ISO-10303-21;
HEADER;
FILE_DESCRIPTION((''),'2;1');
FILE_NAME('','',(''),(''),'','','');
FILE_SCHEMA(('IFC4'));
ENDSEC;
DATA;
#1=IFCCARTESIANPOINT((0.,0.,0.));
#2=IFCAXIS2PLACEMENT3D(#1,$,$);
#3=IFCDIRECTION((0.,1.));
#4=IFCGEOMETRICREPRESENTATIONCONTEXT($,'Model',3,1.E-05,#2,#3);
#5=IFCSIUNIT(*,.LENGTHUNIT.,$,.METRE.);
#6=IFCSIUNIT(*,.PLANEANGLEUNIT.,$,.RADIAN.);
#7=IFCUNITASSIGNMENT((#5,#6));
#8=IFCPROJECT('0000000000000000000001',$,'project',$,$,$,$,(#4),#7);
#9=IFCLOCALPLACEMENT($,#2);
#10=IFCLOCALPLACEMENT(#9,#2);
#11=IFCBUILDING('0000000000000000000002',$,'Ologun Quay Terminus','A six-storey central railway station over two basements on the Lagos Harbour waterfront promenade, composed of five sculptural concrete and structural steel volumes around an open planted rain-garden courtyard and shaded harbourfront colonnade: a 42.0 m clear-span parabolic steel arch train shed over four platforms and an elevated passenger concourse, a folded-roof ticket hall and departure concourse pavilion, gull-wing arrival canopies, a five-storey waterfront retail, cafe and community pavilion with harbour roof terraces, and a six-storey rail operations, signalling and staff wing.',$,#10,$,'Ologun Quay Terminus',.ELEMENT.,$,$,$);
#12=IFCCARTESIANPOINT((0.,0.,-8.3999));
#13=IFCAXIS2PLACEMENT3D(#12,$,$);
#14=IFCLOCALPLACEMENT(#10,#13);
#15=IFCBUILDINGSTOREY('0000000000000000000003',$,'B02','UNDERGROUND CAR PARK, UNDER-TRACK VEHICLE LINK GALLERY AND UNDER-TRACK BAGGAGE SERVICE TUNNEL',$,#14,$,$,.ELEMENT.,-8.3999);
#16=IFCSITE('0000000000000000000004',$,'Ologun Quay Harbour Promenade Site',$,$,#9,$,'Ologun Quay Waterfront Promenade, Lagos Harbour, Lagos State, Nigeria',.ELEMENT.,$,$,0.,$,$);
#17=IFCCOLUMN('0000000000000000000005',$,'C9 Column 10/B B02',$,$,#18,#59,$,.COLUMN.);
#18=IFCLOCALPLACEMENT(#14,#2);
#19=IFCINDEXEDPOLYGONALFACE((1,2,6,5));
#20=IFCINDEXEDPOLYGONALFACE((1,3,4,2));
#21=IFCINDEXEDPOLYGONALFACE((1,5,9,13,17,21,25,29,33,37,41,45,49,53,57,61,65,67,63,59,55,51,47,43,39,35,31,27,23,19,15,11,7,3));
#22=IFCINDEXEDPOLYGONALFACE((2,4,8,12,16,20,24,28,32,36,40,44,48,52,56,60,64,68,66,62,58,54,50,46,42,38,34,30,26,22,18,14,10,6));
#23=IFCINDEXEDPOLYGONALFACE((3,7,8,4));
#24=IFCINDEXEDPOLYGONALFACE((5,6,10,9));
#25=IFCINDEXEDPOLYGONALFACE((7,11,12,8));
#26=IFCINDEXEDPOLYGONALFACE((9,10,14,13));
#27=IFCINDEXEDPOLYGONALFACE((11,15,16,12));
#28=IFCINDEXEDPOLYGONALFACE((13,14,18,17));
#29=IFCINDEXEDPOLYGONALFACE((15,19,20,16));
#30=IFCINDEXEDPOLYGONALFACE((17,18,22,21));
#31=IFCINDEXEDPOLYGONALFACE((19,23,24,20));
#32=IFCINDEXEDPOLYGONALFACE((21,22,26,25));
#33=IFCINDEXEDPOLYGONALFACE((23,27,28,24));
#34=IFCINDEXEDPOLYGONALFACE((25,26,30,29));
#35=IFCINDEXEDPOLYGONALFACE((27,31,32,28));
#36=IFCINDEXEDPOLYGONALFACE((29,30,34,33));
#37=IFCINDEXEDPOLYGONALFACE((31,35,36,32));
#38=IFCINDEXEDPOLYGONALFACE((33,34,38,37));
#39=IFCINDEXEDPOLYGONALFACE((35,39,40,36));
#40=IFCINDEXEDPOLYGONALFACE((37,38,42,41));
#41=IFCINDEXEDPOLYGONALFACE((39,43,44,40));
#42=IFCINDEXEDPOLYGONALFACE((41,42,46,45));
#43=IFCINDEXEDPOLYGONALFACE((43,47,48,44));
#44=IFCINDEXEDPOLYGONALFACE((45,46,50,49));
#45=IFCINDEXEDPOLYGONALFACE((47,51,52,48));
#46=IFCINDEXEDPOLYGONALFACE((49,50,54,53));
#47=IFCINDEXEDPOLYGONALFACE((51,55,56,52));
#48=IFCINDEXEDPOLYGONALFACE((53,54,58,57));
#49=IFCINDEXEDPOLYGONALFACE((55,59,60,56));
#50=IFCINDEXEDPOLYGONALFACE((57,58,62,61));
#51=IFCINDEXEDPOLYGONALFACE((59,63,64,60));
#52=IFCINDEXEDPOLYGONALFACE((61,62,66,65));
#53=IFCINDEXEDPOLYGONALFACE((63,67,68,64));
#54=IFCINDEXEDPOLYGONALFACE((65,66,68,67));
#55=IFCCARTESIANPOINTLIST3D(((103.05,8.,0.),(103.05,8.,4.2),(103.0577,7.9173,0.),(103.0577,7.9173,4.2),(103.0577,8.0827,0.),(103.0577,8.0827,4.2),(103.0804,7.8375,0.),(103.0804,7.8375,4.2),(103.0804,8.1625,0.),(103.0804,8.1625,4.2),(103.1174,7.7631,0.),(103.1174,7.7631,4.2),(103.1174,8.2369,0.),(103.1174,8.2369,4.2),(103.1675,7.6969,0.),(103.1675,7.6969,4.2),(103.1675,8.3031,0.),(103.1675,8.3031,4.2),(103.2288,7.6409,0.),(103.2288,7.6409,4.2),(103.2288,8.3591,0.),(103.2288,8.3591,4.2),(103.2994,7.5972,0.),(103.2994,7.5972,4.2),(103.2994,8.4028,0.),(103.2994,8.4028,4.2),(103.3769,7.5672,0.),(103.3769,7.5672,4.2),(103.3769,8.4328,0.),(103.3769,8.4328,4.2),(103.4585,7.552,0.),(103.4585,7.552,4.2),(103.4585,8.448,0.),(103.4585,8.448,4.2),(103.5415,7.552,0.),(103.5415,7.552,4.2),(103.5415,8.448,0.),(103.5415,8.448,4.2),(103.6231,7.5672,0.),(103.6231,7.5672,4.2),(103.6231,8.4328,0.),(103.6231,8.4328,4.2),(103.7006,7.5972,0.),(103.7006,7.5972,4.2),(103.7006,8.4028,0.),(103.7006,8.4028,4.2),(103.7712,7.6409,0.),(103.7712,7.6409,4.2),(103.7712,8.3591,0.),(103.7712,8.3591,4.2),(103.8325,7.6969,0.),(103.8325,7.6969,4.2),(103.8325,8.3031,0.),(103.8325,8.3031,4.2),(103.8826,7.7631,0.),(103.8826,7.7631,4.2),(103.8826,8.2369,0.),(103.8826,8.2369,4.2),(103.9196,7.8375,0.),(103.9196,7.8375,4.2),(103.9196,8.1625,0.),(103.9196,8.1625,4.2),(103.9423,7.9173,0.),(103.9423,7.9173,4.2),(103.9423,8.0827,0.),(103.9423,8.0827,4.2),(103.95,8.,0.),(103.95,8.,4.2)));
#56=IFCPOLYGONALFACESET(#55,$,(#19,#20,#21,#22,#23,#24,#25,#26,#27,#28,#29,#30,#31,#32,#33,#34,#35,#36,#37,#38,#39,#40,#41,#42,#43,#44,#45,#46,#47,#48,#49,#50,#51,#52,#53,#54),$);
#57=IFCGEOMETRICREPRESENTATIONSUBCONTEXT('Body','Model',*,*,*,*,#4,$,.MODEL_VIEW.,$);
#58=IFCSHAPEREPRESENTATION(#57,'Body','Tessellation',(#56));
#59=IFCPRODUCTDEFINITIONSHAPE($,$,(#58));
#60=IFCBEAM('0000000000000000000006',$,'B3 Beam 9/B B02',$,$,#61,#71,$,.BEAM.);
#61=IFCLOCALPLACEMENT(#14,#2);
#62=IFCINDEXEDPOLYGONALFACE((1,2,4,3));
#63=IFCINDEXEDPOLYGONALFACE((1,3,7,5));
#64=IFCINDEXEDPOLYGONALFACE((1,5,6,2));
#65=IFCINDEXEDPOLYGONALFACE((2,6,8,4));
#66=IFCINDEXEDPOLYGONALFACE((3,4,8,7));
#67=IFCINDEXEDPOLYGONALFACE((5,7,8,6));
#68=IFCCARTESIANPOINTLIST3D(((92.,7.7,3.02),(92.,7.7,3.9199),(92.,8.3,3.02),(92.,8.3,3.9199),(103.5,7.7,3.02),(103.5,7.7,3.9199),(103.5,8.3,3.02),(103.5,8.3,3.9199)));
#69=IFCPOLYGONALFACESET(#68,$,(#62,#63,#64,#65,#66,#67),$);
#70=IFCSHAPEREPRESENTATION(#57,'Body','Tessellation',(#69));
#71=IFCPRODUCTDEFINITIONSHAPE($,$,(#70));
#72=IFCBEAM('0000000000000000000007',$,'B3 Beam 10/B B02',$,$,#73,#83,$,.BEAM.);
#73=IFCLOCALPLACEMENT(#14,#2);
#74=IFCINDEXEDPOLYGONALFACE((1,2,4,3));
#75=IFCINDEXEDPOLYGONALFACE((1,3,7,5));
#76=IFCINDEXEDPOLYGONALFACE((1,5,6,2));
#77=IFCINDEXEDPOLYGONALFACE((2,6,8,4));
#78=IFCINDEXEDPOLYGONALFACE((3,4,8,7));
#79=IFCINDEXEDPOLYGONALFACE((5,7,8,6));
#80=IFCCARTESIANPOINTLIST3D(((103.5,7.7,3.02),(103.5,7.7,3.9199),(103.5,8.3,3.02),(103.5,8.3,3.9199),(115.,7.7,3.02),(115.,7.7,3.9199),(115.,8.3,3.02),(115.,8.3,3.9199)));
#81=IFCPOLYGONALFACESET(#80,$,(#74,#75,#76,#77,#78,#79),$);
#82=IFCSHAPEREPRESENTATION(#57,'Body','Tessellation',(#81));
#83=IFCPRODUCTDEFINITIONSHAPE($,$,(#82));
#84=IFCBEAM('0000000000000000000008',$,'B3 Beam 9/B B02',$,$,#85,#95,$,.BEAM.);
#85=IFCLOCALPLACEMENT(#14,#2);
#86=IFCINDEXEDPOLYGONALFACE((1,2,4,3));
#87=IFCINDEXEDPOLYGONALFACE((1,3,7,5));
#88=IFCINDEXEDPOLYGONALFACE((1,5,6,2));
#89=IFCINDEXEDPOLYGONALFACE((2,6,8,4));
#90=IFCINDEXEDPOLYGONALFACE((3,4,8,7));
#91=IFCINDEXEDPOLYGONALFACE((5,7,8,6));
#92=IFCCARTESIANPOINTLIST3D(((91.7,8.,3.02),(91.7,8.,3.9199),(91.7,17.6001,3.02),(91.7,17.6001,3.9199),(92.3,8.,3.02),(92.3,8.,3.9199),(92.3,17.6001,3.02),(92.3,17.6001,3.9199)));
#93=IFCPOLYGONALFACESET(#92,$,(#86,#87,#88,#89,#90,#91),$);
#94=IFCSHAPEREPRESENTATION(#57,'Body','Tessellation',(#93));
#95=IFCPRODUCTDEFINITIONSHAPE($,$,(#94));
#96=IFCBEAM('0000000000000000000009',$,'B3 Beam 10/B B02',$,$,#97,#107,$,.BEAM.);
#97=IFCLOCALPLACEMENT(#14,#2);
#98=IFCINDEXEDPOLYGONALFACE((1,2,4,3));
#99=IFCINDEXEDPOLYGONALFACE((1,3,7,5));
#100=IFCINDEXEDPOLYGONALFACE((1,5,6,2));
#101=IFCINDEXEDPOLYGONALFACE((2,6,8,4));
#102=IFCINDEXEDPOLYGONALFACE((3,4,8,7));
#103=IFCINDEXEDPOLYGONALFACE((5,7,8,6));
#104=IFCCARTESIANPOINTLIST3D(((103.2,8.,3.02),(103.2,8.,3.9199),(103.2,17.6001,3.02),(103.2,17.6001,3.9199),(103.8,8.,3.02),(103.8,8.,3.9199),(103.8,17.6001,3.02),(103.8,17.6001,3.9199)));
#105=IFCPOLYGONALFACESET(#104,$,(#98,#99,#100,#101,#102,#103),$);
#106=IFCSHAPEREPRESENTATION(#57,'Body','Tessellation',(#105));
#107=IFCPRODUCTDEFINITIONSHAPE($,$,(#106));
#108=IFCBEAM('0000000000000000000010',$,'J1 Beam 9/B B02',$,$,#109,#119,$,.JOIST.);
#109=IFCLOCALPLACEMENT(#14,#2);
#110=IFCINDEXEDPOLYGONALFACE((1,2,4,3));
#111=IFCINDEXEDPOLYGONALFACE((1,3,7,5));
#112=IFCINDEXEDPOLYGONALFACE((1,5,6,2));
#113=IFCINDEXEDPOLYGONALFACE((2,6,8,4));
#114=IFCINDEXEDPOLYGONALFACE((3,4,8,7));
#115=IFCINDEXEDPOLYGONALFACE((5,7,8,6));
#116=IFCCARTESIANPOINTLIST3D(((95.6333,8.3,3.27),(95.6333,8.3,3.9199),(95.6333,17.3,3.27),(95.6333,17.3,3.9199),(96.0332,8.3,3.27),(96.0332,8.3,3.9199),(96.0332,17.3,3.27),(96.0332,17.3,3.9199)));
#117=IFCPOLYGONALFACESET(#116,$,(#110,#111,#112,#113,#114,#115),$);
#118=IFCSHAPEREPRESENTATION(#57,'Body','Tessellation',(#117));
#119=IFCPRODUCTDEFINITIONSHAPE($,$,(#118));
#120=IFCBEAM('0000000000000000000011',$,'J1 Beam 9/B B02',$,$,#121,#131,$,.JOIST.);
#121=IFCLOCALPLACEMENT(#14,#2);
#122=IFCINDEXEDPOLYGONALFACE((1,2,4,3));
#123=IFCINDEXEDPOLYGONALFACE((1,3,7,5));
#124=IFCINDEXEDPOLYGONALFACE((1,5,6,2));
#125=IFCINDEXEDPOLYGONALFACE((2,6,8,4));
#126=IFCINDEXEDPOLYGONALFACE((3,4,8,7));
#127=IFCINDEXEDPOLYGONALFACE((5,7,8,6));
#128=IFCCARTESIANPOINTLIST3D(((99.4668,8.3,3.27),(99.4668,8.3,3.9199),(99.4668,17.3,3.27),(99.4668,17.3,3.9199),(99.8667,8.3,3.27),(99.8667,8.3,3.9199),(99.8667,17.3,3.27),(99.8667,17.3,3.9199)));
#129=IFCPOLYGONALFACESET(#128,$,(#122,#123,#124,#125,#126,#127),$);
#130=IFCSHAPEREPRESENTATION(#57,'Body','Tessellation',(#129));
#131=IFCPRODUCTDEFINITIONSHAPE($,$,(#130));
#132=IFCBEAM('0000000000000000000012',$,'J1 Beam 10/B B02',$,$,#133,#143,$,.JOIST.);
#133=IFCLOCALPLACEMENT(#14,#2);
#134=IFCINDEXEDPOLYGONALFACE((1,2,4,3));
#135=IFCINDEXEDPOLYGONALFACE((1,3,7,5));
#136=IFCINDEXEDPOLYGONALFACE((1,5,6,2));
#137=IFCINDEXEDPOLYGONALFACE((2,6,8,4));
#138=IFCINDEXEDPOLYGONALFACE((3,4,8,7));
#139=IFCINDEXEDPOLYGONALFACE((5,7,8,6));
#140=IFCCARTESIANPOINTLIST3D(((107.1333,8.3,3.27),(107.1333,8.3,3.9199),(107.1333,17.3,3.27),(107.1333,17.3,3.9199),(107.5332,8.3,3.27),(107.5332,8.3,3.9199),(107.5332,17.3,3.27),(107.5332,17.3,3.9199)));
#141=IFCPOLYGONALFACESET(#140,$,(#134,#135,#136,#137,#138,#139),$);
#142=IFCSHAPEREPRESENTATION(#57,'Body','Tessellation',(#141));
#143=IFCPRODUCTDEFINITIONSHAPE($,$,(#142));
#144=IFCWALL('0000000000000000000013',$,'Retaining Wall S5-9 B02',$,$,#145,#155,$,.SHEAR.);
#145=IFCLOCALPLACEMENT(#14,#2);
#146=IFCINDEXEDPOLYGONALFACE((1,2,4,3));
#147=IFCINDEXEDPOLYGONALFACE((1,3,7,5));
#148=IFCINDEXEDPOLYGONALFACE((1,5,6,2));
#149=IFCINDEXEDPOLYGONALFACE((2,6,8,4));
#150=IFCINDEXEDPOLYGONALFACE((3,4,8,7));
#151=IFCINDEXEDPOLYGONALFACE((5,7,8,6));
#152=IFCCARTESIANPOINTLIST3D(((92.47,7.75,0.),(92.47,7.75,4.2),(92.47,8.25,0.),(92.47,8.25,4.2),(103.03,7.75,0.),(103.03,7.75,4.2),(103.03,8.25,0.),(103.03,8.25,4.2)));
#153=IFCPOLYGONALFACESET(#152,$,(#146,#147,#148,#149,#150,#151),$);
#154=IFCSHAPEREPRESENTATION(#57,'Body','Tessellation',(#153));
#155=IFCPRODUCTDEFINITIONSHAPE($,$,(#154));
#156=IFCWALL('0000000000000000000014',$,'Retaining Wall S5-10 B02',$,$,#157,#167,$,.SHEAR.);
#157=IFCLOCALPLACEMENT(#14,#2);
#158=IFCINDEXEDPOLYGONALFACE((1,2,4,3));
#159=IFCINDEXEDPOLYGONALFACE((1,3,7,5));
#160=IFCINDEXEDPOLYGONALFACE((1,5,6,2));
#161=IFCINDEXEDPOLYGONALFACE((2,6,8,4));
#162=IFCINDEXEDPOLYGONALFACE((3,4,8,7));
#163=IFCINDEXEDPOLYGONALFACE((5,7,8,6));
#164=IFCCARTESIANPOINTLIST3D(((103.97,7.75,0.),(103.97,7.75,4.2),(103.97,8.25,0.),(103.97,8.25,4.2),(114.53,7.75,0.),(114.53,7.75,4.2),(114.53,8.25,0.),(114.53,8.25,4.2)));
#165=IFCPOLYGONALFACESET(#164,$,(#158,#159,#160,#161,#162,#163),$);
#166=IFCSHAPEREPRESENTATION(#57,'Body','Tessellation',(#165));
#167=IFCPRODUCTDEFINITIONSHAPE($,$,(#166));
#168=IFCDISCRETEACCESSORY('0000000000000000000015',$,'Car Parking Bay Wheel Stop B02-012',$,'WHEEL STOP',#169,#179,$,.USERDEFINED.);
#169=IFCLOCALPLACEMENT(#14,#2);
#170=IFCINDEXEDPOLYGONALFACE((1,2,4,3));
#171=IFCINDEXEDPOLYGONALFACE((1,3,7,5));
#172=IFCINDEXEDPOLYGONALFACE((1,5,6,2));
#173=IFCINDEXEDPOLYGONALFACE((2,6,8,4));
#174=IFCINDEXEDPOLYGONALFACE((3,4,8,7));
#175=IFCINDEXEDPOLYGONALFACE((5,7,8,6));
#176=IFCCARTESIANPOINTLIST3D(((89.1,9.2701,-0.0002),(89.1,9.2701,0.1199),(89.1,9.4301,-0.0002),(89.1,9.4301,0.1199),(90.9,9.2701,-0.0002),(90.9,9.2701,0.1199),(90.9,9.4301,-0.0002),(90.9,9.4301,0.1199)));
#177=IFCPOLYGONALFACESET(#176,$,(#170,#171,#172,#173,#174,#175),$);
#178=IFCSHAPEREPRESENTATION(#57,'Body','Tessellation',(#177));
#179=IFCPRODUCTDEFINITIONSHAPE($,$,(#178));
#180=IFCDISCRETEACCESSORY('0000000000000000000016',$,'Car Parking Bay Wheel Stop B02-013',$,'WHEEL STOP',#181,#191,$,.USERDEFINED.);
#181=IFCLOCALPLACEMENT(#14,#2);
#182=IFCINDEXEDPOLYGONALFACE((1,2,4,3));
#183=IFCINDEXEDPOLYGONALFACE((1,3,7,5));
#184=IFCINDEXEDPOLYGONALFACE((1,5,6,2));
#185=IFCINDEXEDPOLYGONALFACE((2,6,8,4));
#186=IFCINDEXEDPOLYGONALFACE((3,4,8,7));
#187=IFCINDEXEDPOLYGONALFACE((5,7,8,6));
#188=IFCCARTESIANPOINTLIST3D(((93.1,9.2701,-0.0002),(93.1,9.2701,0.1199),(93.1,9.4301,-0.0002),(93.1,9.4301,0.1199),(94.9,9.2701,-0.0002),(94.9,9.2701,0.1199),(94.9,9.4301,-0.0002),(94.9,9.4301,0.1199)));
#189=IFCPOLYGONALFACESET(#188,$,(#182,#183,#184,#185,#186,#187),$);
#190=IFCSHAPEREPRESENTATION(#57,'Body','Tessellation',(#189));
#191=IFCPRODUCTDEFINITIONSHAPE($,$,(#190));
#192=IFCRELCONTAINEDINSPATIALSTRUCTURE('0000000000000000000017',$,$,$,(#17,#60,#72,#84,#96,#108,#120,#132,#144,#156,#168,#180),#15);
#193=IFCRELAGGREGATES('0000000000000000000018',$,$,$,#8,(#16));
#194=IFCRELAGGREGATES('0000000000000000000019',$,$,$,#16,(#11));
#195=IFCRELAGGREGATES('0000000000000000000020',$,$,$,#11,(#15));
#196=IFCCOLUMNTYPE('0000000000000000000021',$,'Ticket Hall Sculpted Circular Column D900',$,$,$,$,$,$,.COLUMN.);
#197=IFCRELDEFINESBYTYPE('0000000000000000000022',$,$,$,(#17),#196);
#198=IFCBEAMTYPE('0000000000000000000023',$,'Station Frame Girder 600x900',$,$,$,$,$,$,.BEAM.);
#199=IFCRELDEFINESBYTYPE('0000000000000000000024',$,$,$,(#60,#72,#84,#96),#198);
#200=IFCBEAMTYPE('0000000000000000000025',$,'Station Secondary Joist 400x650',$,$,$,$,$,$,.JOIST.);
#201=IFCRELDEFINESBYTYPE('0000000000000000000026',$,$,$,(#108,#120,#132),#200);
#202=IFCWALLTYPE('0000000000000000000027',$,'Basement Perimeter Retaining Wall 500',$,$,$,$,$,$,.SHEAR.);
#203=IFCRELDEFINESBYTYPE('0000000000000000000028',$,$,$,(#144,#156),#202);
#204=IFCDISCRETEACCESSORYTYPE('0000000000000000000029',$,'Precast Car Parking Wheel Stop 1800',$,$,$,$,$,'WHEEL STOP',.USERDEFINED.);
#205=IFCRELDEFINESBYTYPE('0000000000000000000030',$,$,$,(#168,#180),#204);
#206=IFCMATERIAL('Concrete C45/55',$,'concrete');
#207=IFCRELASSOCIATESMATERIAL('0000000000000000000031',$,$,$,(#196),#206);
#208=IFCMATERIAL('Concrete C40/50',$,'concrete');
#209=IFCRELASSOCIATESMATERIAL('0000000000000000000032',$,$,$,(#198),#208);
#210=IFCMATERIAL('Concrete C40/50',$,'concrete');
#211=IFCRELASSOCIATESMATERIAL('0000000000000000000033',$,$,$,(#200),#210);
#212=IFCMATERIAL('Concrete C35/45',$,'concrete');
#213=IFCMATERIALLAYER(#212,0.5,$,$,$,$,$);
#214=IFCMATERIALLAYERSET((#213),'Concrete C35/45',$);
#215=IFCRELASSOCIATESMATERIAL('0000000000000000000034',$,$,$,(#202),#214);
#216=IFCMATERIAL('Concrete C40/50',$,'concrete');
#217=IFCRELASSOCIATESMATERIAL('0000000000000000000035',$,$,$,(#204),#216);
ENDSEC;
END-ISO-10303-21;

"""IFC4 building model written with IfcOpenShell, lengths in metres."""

from ifc_helpers import new_model, si_unit, direction, frame, frame_2d, origin, origin_2d, place, context, subcontext, project, spatial, rectangle, circle, extrude, material, layer, layer_set, material_profile, profile_set, type_object, element, save


model = new_model("IFC4")

# Units and contexts
model_context = context("Model", 3, precision=1e-05, world=origin(), true_north=direction((0.0, 1.0)))
body_context = subcontext(model_context, "Body", "Model", "MODEL_VIEW")
ifc_project = project(units=[si_unit("LENGTHUNIT", "METRE"), si_unit("PLANEANGLEUNIT", "RADIAN")], contexts=[model_context])

# Site, building, storey
site_placement = place(None, origin())
site = spatial("IfcSite", under=ifc_project, at=site_placement, Name="Ologun Quay Harbour Promenade Site", LongName="Ologun Quay Waterfront Promenade, Lagos Harbour, Lagos State, Nigeria", CompositionType="ELEMENT", RefElevation=0.0)
building_placement = place(site_placement, origin())
building = spatial("IfcBuilding", under=site, at=building_placement, Name="Ologun Quay Terminus", Description="A six-storey central railway station over two basements on the Lagos Harbour waterfront promenade, composed of five sculptural concrete and structural steel volumes around an open planted rain-garden courtyard and shaded harbourfront colonnade: a 42.0 m clear-span parabolic steel arch train shed over four platforms and an elevated passenger concourse, a folded-roof ticket hall and departure concourse pavilion, gull-wing arrival canopies, a five-storey waterfront retail, cafe and community pavilion with harbour roof terraces, and a six-storey rail operations, signalling and staff wing.", LongName="Ologun Quay Terminus", CompositionType="ELEMENT")
storey_placement = place(building_placement, frame((0.0, 0.0, -8.3999)))
storey = spatial("IfcBuildingStorey", under=building, at=storey_placement, Name="B02", Description="UNDERGROUND CAR PARK, UNDER-TRACK VEHICLE LINK GALLERY AND UNDER-TRACK BAGGAGE SERVICE TUNNEL", CompositionType="ELEMENT", Elevation=-8.3999)

# Column
ifc_material_1 = material(Name="Concrete C45/55", Category="concrete")
ifc_material_profile_1 = material_profile(ifc_material_1, circle(Radius=0.45, at=origin_2d()), Name="RC D900")
ifc_profile_set_1 = profile_set([ifc_material_profile_1], Name="Concrete C45/55")
column_type_1 = type_object("IfcColumnType", Name="Ticket Hall Sculpted Circular Column D900", PredefinedType="COLUMN", material=ifc_profile_set_1)
for number, where, z_axis, x_axis, name in (
    (1, (103.5, 8.0, 0.0), (0.0, 0.0, 1.0), (1.0, 0.0, 0.0), "C9 Column 10/B B02"),
):
    element("IfcColumn", number, at=place(storey_placement, frame(where, z_axis=z_axis, x_axis=x_axis)), inside=storey, type_object=column_type_1, Name=name, PredefinedType="COLUMN", context=body_context, shape_type="SweptSolid", body=[
        extrude(circle(Radius=0.45, at=origin_2d()), origin(), (0.0, 0.0, 1.0), 4.2),
    ])

# Beams
ifc_material_2 = material(Name="Concrete C40/50", Category="concrete")
ifc_material_profile_2 = material_profile(ifc_material_2, rectangle(XDim=0.6001, YDim=0.8999, at=origin_2d()), Name="RC 600x900")
ifc_profile_set_2 = profile_set([ifc_material_profile_2], Name="Concrete C40/50")
beam_type_1 = type_object("IfcBeamType", Name="Station Frame Girder 600x900", PredefinedType="BEAM", material=ifc_profile_set_2)
for number, where, z_axis, x_axis, name in (
    (2, (92.0, 8.0, 3.47), (1.0, 0.0, 0.0), (0.0, 1.0, 0.0), "B3 Beam 9/B B02"),
    (3, (103.5, 8.0, 3.47), (1.0, 0.0, 0.0), (0.0, 1.0, 0.0), "B3 Beam 10/B B02"),
):
    element("IfcBeam", number, at=place(storey_placement, frame(where, z_axis=z_axis, x_axis=x_axis)), inside=storey, type_object=beam_type_1, Name=name, PredefinedType="BEAM", context=body_context, shape_type="SweptSolid", body=[
        extrude(rectangle(XDim=0.6001, YDim=0.8999, at=origin_2d()), origin(), (0.0, 0.0, 1.0), 11.5),
    ])
for number, where, z_axis, x_axis, name in (
    (4, (92.0, 8.0, 3.47), (0.0, 1.0, 0.0), (-1.0, 0.0, 0.0), "B3 Beam 9/B B02"),
    (5, (103.5, 8.0, 3.47), (0.0, 1.0, 0.0), (-1.0, 0.0, 0.0), "B3 Beam 10/B B02"),
):
    element("IfcBeam", number, at=place(storey_placement, frame(where, z_axis=z_axis, x_axis=x_axis)), inside=storey, type_object=beam_type_1, Name=name, PredefinedType="BEAM", context=body_context, shape_type="SweptSolid", body=[
        extrude(rectangle(XDim=0.6001, YDim=0.8999, at=origin_2d()), origin(), (0.0, 0.0, 1.0), 9.6001),
    ])
ifc_material_3 = material(Name="Concrete C40/50", Category="concrete")
ifc_material_profile_3 = material_profile(ifc_material_3, rectangle(XDim=0.3999, YDim=0.6499, at=origin_2d()), Name="RC 400x650")
ifc_profile_set_3 = profile_set([ifc_material_profile_3], Name="Concrete C40/50")
beam_type_2 = type_object("IfcBeamType", Name="Station Secondary Joist 400x650", PredefinedType="JOIST", material=ifc_profile_set_3)
for number, where, z_axis, x_axis, name in (
    (6, (95.8333, 8.3, 3.595), (0.0, 1.0, 0.0), (-1.0, 0.0, 0.0), "J1 Beam 9/B B02"),
    (7, (99.6667, 8.3, 3.595), (0.0, 1.0, 0.0), (-1.0, 0.0, 0.0), "J1 Beam 9/B B02"),
    (8, (107.3333, 8.3, 3.595), (0.0, 1.0, 0.0), (-1.0, 0.0, 0.0), "J1 Beam 10/B B02"),
):
    element("IfcBeam", number, at=place(storey_placement, frame(where, z_axis=z_axis, x_axis=x_axis)), inside=storey, type_object=beam_type_2, Name=name, PredefinedType="JOIST", context=body_context, shape_type="SweptSolid", body=[
        extrude(rectangle(XDim=0.3999, YDim=0.6499, at=origin_2d()), origin(), (0.0, 0.0, 1.0), 9.0),
    ])

# Walls
ifc_material_4 = material(Name="Concrete C35/45", Category="concrete")
ifc_layer = layer(ifc_material_4, 0.5)
ifc_layer_set = layer_set([ifc_layer], Name="Concrete C35/45")
wall_type = type_object("IfcWallType", Name="Basement Perimeter Retaining Wall 500", PredefinedType="SHEAR", material=ifc_layer_set)
for number, where, z_axis, x_axis, name in (
    (9, (92.47, 8.0, 0.0), (0.0, 0.0, 1.0), (1.0, 0.0, 0.0), "Retaining Wall S5-9 B02"),
    (10, (103.97, 8.0, 0.0), (0.0, 0.0, 1.0), (1.0, 0.0, 0.0), "Retaining Wall S5-10 B02"),
):
    element("IfcWall", number, at=place(storey_placement, frame(where, z_axis=z_axis, x_axis=x_axis)), inside=storey, type_object=wall_type, Name=name, PredefinedType="SHEAR", context=body_context, shape_type="SweptSolid", body=[
        extrude(rectangle(XDim=10.5601, YDim=0.5, at=frame_2d((5.28, 0.0))), origin(), (0.0, 0.0, 1.0), 4.2),
    ])

# Discrete accessories
ifc_material_5 = material(Name="Concrete C40/50", Category="concrete")
discrete_accessory_type = type_object("IfcDiscreteAccessoryType", Name="Precast Car Parking Wheel Stop 1800", ElementType="WHEEL STOP", PredefinedType="USERDEFINED", material=ifc_material_5)
for number, where, z_axis, x_axis, name in (
    (11, (90.0, 9.3501, -0.0002), (0.0, 0.0, 1.0), (1.0, 0.0, 0.0), "Car Parking Bay Wheel Stop B02-012"),
    (12, (94.0, 9.3501, -0.0002), (0.0, 0.0, 1.0), (1.0, 0.0, 0.0), "Car Parking Bay Wheel Stop B02-013"),
):
    element("IfcDiscreteAccessory", number, at=place(storey_placement, frame(where, z_axis=z_axis, x_axis=x_axis)), inside=storey, type_object=discrete_accessory_type, Name=name, ObjectType="WHEEL STOP", PredefinedType="USERDEFINED", context=body_context, shape_type="SweptSolid", body=[
        extrude(rectangle(XDim=1.8, YDim=0.1599, at=origin_2d()), origin(), (0.0, 0.0, 1.0), 0.1201),
    ])

save(model, "model.ifc")
